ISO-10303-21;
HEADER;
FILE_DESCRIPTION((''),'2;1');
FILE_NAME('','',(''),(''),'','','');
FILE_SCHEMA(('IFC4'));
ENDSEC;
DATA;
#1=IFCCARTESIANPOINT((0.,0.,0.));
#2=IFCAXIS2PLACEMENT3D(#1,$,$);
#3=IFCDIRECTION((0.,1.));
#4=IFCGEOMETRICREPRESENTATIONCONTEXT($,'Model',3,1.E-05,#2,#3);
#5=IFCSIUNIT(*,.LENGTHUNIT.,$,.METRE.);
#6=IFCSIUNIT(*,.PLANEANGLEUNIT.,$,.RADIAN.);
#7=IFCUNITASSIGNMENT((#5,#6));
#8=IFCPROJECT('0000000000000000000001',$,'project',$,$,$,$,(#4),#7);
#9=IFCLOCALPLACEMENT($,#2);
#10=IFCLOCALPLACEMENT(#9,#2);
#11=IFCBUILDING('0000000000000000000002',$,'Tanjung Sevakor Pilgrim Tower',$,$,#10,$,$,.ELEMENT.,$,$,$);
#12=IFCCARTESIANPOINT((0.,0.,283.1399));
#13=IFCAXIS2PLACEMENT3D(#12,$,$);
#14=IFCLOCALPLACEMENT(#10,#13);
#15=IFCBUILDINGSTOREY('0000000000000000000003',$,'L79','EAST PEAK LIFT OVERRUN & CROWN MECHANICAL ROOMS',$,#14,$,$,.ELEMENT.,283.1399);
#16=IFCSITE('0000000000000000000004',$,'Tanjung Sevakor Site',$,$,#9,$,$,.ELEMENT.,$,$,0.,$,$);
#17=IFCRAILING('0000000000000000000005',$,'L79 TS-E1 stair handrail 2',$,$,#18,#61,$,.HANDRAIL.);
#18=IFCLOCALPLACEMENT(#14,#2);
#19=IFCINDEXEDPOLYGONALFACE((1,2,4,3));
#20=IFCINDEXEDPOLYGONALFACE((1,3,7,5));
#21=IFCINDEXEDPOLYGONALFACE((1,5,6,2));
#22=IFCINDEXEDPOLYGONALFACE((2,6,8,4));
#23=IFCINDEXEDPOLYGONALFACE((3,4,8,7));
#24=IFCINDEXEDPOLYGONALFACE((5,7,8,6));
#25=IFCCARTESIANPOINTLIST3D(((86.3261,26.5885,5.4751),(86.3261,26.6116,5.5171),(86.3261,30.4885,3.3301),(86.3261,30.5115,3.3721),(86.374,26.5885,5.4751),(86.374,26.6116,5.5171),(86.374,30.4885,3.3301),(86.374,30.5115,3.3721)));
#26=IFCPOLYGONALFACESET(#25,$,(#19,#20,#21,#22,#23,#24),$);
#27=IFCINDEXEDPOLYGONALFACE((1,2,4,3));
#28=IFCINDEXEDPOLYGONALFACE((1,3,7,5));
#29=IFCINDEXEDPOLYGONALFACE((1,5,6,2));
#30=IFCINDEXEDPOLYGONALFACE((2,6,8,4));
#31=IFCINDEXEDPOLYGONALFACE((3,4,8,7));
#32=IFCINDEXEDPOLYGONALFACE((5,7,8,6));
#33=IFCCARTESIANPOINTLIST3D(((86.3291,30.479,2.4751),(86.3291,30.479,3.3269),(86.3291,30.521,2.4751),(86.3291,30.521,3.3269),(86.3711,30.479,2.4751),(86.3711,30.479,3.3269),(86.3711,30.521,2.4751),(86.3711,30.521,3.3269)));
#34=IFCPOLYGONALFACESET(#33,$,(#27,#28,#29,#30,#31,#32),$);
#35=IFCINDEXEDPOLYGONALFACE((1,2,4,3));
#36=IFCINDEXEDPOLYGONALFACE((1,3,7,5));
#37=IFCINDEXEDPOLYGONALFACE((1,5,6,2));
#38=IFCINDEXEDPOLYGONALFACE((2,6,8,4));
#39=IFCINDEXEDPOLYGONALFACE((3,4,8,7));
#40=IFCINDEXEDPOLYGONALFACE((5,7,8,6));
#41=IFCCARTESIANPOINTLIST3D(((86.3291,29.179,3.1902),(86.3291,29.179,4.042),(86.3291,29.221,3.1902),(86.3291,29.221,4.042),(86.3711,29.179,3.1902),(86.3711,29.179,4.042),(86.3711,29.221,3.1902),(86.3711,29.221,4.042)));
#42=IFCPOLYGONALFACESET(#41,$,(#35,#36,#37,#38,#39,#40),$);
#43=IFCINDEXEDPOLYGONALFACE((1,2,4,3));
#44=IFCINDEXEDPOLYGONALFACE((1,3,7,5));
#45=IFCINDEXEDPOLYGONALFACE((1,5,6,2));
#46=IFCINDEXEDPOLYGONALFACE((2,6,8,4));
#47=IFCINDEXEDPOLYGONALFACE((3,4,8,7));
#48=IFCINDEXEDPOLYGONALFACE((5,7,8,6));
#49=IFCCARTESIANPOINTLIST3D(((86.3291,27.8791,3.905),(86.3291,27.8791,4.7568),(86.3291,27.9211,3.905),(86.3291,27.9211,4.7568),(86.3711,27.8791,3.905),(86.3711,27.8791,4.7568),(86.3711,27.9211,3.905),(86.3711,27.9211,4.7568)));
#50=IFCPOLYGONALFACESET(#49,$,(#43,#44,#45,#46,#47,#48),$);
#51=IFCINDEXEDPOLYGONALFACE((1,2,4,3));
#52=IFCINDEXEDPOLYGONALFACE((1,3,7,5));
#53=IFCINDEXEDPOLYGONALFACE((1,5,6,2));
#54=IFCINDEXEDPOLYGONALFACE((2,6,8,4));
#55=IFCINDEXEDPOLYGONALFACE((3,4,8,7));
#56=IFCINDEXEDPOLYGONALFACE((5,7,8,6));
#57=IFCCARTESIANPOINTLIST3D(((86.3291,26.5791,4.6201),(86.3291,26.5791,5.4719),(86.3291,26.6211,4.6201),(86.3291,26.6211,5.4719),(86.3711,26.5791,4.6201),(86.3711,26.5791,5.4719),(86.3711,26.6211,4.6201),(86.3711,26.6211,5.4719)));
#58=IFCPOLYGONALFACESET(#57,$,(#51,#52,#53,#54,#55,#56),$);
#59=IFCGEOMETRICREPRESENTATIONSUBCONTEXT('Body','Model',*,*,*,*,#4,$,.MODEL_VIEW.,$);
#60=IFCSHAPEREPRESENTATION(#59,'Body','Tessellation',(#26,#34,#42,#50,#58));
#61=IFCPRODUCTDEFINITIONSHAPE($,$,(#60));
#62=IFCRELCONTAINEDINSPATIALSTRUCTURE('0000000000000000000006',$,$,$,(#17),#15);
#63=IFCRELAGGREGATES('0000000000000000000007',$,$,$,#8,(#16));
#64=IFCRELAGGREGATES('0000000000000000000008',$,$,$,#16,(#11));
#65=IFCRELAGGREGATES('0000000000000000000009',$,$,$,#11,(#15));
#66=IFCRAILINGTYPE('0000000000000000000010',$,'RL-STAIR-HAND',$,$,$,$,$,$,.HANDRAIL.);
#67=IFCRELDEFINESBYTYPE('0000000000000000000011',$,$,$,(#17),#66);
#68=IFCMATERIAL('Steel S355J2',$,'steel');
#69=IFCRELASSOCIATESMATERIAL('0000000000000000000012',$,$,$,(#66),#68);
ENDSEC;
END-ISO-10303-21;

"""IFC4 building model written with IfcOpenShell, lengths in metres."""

from ifc_helpers import new_model, si_unit, direction, frame, origin, place, context, subcontext, project, spatial, rectangle, extrude, material, type_object, element, save


model = new_model("IFC4")

# Units and contexts
model_context = context("Model", 3, precision=1e-05, world=origin(), true_north=direction((0.0, 1.0)))
body_context = subcontext(model_context, "Body", "Model", "MODEL_VIEW")
ifc_project = project(units=[si_unit("LENGTHUNIT", "METRE"), si_unit("PLANEANGLEUNIT", "RADIAN")], contexts=[model_context])

# Site, building, storey
site_placement = place(None, origin())
site = spatial("IfcSite", under=ifc_project, at=site_placement, Name="Tanjung Sevakor Site", CompositionType="ELEMENT", RefElevation=0.0)
building_placement = place(site_placement, origin())
building = spatial("IfcBuilding", under=site, at=building_placement, Name="Tanjung Sevakor Pilgrim Tower", CompositionType="ELEMENT")
storey_placement = place(building_placement, frame((0.0, 0.0, 283.1399)))
storey = spatial("IfcBuildingStorey", under=building, at=storey_placement, Name="L79", Description="EAST PEAK LIFT OVERRUN & CROWN MECHANICAL ROOMS", CompositionType="ELEMENT", Elevation=283.1399)

# Railing
ifc_material_1 = material(Name="Steel S355J2", Category="steel")
railing_type_1 = type_object("IfcRailingType", Name="RL-STAIR-HAND", PredefinedType="HANDRAIL", material=ifc_material_1)
railing_1_placement = place(storey_placement, frame((86.3501, 30.5, 2.4751)))
element("IfcRailing", 1, at=railing_1_placement, inside=storey, type_object=railing_type_1, Name="L79 TS-E1 stair handrail 2", PredefinedType="HANDRAIL", context=body_context, shape_type="SweptSolid", body=[
    extrude(rectangle(XDim=0.0479, YDim=0.0479), frame((0.0, 0.0, 0.876), z_axis=(0.0, -0.876209, 0.481931), x_axis=(1.0, 0.0, 0.0)), (0.0, 0.0, 1.0), 4.4509),
    extrude(rectangle(XDim=0.042, YDim=0.042), origin(), (0.0, 0.0, 1.0), 0.8518),
    extrude(rectangle(XDim=0.042, YDim=0.042), frame((0.0, -1.3, 0.7151)), (0.0, 0.0, 1.0), 0.8518),
    extrude(rectangle(XDim=0.042, YDim=0.042), frame((0.0, -2.5999, 1.4299)), (0.0, 0.0, 1.0), 0.8518),
    extrude(rectangle(XDim=0.042, YDim=0.042), frame((0.0, -3.8999, 2.145)), (0.0, 0.0, 1.0), 0.8518),
])

save(model, "model.ifc")
